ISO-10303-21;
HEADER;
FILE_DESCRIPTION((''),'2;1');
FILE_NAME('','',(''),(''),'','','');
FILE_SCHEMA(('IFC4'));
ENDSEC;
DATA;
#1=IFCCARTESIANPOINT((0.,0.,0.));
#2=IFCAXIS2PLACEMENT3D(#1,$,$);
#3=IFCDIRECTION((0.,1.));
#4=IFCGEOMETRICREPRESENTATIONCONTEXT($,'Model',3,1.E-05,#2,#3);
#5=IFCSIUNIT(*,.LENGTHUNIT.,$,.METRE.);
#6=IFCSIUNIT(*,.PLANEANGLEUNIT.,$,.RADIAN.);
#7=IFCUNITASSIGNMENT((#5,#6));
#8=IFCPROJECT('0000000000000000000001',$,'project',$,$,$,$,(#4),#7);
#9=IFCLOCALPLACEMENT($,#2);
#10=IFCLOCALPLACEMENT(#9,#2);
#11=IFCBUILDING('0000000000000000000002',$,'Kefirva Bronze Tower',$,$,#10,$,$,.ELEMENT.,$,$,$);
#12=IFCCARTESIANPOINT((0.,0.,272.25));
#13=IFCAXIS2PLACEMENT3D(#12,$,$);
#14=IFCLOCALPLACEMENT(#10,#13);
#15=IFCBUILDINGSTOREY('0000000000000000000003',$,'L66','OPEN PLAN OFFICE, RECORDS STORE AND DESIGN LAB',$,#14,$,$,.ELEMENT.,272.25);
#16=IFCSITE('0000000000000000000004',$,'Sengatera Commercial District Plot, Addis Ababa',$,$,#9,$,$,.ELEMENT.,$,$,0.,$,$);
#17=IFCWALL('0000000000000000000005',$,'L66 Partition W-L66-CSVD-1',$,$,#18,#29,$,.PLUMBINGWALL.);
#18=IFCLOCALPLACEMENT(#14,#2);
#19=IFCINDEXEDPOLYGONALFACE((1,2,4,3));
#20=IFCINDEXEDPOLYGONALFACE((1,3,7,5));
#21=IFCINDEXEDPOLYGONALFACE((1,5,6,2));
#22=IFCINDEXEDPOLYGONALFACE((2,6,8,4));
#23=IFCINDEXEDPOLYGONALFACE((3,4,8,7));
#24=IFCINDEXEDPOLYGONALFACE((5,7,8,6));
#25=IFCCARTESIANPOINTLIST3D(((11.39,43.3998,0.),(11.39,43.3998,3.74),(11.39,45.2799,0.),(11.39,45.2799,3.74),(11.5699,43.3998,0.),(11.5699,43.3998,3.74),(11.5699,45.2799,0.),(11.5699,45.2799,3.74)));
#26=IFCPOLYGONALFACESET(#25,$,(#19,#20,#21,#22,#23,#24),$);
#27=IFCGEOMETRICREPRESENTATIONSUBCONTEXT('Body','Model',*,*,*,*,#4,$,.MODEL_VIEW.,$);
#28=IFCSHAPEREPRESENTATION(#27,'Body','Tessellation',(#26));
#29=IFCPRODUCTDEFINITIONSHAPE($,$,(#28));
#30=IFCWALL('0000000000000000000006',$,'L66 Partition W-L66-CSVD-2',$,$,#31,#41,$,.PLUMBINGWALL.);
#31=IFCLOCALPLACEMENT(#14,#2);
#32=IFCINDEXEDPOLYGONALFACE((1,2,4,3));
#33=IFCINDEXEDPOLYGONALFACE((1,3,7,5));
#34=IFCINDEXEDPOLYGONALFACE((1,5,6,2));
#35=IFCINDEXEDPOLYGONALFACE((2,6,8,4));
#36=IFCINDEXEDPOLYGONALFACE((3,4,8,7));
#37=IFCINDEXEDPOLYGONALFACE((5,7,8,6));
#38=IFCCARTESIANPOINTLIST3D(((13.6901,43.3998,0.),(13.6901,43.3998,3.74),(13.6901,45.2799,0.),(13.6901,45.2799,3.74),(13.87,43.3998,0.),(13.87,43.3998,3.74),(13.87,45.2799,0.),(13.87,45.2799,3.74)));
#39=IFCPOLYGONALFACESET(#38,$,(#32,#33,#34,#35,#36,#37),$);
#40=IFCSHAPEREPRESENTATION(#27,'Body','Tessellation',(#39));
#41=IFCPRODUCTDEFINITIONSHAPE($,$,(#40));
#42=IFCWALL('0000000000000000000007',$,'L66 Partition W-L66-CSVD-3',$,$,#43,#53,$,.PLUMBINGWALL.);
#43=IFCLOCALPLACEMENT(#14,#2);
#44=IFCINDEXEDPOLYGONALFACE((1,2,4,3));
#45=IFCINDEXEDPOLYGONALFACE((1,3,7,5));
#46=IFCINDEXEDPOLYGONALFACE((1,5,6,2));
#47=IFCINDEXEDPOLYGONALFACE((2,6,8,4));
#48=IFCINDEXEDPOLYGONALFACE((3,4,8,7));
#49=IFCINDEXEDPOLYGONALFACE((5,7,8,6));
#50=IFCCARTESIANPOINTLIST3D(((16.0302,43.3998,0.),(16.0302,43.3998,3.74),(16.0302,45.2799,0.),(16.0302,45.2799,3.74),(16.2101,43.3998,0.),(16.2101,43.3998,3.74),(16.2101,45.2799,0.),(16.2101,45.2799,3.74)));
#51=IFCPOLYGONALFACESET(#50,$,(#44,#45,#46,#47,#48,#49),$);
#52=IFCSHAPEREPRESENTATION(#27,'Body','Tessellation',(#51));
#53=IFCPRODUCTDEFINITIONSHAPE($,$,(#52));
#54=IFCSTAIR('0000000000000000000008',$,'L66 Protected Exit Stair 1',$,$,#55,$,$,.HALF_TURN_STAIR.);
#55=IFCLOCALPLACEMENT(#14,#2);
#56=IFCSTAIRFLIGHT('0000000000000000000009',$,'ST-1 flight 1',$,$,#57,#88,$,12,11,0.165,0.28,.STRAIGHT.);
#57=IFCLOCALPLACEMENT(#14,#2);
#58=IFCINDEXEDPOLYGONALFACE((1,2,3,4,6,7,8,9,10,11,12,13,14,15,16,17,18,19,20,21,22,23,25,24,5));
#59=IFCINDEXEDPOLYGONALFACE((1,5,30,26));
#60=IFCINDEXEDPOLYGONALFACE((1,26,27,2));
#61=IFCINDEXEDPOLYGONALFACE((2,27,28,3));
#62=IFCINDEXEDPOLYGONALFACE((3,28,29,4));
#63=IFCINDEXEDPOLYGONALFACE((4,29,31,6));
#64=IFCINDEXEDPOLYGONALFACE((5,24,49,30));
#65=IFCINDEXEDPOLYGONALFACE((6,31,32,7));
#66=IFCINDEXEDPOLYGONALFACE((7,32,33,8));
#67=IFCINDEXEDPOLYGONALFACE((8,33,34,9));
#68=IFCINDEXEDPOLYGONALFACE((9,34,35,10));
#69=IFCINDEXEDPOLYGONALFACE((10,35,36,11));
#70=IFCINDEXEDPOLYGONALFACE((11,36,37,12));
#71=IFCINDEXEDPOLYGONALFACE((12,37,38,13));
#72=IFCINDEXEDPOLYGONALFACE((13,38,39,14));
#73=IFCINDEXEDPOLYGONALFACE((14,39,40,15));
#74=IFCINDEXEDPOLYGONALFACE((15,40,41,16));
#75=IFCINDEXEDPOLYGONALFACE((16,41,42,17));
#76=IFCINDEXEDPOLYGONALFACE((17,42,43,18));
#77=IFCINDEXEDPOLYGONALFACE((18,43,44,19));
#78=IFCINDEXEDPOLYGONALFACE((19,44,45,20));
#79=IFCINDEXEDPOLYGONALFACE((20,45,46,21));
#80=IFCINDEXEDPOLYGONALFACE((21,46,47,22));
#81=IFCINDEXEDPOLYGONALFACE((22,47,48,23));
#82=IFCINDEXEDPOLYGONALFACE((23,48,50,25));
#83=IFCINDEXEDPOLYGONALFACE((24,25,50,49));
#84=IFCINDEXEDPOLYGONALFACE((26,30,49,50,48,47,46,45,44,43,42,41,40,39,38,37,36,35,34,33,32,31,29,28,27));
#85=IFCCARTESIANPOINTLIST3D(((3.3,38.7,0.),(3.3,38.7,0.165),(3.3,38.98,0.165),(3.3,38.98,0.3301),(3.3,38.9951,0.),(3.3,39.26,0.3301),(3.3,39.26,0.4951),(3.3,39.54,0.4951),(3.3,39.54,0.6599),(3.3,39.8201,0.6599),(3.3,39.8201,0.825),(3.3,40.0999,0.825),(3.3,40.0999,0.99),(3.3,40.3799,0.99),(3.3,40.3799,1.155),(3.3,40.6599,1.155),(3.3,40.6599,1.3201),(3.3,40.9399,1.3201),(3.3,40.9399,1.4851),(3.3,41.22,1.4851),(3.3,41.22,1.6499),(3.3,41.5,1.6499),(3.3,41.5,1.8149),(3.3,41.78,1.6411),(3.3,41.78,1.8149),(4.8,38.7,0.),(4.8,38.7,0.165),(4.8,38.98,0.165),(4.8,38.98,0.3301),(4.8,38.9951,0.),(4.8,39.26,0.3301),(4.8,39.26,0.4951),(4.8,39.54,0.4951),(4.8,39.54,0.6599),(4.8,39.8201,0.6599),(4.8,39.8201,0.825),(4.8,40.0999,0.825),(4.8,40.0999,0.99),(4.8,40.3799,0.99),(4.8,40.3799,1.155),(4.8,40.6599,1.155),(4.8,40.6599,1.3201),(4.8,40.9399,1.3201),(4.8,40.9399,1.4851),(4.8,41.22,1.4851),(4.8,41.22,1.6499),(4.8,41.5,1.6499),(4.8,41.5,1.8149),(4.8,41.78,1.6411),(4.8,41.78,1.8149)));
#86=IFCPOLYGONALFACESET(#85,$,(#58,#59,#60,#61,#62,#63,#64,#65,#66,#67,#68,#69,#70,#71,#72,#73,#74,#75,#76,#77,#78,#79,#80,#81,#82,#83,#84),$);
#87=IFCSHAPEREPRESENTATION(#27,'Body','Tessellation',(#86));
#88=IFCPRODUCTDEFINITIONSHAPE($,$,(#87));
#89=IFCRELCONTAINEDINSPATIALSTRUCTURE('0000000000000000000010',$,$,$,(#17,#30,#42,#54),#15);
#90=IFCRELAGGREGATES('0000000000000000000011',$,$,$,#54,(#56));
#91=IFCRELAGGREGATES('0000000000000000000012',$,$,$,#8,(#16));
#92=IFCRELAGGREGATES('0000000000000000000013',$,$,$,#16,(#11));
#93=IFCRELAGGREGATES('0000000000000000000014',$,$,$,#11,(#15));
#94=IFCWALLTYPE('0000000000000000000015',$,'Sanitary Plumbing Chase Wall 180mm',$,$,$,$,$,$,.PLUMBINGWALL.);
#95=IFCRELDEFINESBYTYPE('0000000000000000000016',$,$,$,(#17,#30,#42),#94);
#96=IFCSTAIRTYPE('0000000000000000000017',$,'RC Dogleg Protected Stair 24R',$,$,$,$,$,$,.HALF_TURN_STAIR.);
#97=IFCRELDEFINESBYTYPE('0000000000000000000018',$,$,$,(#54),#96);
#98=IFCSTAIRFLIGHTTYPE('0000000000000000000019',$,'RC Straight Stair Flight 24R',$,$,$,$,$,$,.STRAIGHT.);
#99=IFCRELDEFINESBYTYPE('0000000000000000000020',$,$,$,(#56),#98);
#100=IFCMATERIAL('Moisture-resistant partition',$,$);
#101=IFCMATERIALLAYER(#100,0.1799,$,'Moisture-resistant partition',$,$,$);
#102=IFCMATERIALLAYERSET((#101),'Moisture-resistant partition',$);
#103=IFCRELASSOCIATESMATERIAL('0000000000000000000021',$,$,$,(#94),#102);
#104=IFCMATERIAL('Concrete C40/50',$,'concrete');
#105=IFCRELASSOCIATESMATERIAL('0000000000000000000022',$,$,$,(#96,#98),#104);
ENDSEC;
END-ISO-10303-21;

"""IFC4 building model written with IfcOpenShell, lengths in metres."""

from ifc_helpers import new_model, si_unit, direction, frame, frame_2d, origin, place, context, subcontext, project, spatial, polyline, rectangle, outline, extrude, material, layer, layer_set, type_object, element, aggregate, save


model = new_model("IFC4")

# Units and contexts
model_context = context("Model", 3, precision=1e-05, world=origin(), true_north=direction((0.0, 1.0)))
body_context = subcontext(model_context, "Body", "Model", "MODEL_VIEW")
ifc_project = project(units=[si_unit("LENGTHUNIT", "METRE"), si_unit("PLANEANGLEUNIT", "RADIAN")], contexts=[model_context])

# Site, building, storey
site_placement = place(None, origin())
site = spatial("IfcSite", under=ifc_project, at=site_placement, Name="Sengatera Commercial District Plot, Addis Ababa", CompositionType="ELEMENT", RefElevation=0.0)
building_placement = place(site_placement, origin())
building = spatial("IfcBuilding", under=site, at=building_placement, Name="Kefirva Bronze Tower", CompositionType="ELEMENT")
storey_placement = place(building_placement, frame((0.0, 0.0, 272.25)))
storey = spatial("IfcBuildingStorey", under=building, at=storey_placement, Name="L66", Description="OPEN PLAN OFFICE, RECORDS STORE AND DESIGN LAB", CompositionType="ELEMENT", Elevation=272.25)

# Shared definitions
ifc_material_1 = material(Name="Moisture-resistant partition")
ifc_layer_1 = layer(ifc_material_1, 0.1799, Name="Moisture-resistant partition")
ifc_layer_set_1 = layer_set([ifc_layer_1], Name="Moisture-resistant partition")
wall_type_1 = type_object("IfcWallType", Name="Sanitary Plumbing Chase Wall 180mm", PredefinedType="PLUMBINGWALL", material=ifc_layer_set_1)

# Walls
for number, where, z_axis, x_axis, name in (
    (1, (11.48, 43.3999, 0.0), (0.0, 0.0, 1.0), (0.0, 1.0, 0.0), "L66 Partition W-L66-CSVD-1"),
    (2, (13.78, 43.3999, 0.0), (0.0, 0.0, 1.0), (0.0, 1.0, 0.0), "L66 Partition W-L66-CSVD-2"),
    (3, (16.1201, 43.3999, 0.0), (0.0, 0.0, 1.0), (0.0, 1.0, 0.0), "L66 Partition W-L66-CSVD-3"),
):
    element("IfcWall", number, at=place(storey_placement, frame(where, z_axis=z_axis, x_axis=x_axis)), inside=storey, type_object=wall_type_1, Name=name, PredefinedType="PLUMBINGWALL", context=body_context, shape_type="SweptSolid", body=[
        extrude(rectangle(XDim=1.8801, YDim=0.1799, at=frame_2d((0.9399, 0.0))), origin(), (0.0, 0.0, 1.0), 3.74),
    ])

# Stair, stair flight
ifc_material_2 = material(Name="Concrete C40/50", Category="concrete")
stair_type = type_object("IfcStairType", Name="RC Dogleg Protected Stair 24R", PredefinedType="HALF_TURN_STAIR", material=ifc_material_2)
stair_placement = place(storey_placement, origin())
stair = element("IfcStair", 4, at=stair_placement, inside=storey, type_object=stair_type, Name="L66 Protected Exit Stair 1", PredefinedType="HALF_TURN_STAIR")
stair_flight_type = type_object("IfcStairFlightType", Name="RC Straight Stair Flight 24R", PredefinedType="STRAIGHT", material=ifc_material_2)
stair_flight_placement = place(storey_placement, frame((4.05, 38.7, 0.0), z_axis=(0.0, 0.0, 1.0), x_axis=(0.0, 1.0, 0.0)))
stair_flight = element("IfcStairFlight", 5, at=stair_flight_placement, type_object=stair_flight_type, Name="ST-1 flight 1", NumberOfRisers=12, NumberOfTreads=11, PredefinedType="STRAIGHT", RiserHeight=0.165, TreadLength=0.28, context=body_context, shape_type="SweptSolid", body=[
    extrude(outline(polyline([(0.0, 0.0), (0.0, 0.165), (0.28, 0.165), (0.28, 0.3301), (0.5601, 0.3301), (0.5601, 0.4951), (0.8401, 0.4951), (0.8401, 0.6599), (1.1201, 0.6599), (1.1201, 0.825), (1.3999, 0.825), (1.3999, 0.99), (1.6799, 0.99), (1.6799, 1.155), (1.96, 1.155), (1.96, 1.3201), (2.24, 1.3201), (2.24, 1.4851), (2.52, 1.4851), (2.52, 1.6499), (2.8, 1.6499), (2.8, 1.8149), (3.0801, 1.8149), (3.0801, 1.98), (3.0801, 1.6411), (0.2952, 0.0), (0.0, 0.0)])), frame((0.0, 0.75, 0.0), z_axis=(0.0, -1.0, 0.0), x_axis=(1.0, 0.0, 0.0)), (0.0, 0.0, 1.0), 1.5),
])
aggregate(stair, [stair_flight])

save(model, "model.ifc")
